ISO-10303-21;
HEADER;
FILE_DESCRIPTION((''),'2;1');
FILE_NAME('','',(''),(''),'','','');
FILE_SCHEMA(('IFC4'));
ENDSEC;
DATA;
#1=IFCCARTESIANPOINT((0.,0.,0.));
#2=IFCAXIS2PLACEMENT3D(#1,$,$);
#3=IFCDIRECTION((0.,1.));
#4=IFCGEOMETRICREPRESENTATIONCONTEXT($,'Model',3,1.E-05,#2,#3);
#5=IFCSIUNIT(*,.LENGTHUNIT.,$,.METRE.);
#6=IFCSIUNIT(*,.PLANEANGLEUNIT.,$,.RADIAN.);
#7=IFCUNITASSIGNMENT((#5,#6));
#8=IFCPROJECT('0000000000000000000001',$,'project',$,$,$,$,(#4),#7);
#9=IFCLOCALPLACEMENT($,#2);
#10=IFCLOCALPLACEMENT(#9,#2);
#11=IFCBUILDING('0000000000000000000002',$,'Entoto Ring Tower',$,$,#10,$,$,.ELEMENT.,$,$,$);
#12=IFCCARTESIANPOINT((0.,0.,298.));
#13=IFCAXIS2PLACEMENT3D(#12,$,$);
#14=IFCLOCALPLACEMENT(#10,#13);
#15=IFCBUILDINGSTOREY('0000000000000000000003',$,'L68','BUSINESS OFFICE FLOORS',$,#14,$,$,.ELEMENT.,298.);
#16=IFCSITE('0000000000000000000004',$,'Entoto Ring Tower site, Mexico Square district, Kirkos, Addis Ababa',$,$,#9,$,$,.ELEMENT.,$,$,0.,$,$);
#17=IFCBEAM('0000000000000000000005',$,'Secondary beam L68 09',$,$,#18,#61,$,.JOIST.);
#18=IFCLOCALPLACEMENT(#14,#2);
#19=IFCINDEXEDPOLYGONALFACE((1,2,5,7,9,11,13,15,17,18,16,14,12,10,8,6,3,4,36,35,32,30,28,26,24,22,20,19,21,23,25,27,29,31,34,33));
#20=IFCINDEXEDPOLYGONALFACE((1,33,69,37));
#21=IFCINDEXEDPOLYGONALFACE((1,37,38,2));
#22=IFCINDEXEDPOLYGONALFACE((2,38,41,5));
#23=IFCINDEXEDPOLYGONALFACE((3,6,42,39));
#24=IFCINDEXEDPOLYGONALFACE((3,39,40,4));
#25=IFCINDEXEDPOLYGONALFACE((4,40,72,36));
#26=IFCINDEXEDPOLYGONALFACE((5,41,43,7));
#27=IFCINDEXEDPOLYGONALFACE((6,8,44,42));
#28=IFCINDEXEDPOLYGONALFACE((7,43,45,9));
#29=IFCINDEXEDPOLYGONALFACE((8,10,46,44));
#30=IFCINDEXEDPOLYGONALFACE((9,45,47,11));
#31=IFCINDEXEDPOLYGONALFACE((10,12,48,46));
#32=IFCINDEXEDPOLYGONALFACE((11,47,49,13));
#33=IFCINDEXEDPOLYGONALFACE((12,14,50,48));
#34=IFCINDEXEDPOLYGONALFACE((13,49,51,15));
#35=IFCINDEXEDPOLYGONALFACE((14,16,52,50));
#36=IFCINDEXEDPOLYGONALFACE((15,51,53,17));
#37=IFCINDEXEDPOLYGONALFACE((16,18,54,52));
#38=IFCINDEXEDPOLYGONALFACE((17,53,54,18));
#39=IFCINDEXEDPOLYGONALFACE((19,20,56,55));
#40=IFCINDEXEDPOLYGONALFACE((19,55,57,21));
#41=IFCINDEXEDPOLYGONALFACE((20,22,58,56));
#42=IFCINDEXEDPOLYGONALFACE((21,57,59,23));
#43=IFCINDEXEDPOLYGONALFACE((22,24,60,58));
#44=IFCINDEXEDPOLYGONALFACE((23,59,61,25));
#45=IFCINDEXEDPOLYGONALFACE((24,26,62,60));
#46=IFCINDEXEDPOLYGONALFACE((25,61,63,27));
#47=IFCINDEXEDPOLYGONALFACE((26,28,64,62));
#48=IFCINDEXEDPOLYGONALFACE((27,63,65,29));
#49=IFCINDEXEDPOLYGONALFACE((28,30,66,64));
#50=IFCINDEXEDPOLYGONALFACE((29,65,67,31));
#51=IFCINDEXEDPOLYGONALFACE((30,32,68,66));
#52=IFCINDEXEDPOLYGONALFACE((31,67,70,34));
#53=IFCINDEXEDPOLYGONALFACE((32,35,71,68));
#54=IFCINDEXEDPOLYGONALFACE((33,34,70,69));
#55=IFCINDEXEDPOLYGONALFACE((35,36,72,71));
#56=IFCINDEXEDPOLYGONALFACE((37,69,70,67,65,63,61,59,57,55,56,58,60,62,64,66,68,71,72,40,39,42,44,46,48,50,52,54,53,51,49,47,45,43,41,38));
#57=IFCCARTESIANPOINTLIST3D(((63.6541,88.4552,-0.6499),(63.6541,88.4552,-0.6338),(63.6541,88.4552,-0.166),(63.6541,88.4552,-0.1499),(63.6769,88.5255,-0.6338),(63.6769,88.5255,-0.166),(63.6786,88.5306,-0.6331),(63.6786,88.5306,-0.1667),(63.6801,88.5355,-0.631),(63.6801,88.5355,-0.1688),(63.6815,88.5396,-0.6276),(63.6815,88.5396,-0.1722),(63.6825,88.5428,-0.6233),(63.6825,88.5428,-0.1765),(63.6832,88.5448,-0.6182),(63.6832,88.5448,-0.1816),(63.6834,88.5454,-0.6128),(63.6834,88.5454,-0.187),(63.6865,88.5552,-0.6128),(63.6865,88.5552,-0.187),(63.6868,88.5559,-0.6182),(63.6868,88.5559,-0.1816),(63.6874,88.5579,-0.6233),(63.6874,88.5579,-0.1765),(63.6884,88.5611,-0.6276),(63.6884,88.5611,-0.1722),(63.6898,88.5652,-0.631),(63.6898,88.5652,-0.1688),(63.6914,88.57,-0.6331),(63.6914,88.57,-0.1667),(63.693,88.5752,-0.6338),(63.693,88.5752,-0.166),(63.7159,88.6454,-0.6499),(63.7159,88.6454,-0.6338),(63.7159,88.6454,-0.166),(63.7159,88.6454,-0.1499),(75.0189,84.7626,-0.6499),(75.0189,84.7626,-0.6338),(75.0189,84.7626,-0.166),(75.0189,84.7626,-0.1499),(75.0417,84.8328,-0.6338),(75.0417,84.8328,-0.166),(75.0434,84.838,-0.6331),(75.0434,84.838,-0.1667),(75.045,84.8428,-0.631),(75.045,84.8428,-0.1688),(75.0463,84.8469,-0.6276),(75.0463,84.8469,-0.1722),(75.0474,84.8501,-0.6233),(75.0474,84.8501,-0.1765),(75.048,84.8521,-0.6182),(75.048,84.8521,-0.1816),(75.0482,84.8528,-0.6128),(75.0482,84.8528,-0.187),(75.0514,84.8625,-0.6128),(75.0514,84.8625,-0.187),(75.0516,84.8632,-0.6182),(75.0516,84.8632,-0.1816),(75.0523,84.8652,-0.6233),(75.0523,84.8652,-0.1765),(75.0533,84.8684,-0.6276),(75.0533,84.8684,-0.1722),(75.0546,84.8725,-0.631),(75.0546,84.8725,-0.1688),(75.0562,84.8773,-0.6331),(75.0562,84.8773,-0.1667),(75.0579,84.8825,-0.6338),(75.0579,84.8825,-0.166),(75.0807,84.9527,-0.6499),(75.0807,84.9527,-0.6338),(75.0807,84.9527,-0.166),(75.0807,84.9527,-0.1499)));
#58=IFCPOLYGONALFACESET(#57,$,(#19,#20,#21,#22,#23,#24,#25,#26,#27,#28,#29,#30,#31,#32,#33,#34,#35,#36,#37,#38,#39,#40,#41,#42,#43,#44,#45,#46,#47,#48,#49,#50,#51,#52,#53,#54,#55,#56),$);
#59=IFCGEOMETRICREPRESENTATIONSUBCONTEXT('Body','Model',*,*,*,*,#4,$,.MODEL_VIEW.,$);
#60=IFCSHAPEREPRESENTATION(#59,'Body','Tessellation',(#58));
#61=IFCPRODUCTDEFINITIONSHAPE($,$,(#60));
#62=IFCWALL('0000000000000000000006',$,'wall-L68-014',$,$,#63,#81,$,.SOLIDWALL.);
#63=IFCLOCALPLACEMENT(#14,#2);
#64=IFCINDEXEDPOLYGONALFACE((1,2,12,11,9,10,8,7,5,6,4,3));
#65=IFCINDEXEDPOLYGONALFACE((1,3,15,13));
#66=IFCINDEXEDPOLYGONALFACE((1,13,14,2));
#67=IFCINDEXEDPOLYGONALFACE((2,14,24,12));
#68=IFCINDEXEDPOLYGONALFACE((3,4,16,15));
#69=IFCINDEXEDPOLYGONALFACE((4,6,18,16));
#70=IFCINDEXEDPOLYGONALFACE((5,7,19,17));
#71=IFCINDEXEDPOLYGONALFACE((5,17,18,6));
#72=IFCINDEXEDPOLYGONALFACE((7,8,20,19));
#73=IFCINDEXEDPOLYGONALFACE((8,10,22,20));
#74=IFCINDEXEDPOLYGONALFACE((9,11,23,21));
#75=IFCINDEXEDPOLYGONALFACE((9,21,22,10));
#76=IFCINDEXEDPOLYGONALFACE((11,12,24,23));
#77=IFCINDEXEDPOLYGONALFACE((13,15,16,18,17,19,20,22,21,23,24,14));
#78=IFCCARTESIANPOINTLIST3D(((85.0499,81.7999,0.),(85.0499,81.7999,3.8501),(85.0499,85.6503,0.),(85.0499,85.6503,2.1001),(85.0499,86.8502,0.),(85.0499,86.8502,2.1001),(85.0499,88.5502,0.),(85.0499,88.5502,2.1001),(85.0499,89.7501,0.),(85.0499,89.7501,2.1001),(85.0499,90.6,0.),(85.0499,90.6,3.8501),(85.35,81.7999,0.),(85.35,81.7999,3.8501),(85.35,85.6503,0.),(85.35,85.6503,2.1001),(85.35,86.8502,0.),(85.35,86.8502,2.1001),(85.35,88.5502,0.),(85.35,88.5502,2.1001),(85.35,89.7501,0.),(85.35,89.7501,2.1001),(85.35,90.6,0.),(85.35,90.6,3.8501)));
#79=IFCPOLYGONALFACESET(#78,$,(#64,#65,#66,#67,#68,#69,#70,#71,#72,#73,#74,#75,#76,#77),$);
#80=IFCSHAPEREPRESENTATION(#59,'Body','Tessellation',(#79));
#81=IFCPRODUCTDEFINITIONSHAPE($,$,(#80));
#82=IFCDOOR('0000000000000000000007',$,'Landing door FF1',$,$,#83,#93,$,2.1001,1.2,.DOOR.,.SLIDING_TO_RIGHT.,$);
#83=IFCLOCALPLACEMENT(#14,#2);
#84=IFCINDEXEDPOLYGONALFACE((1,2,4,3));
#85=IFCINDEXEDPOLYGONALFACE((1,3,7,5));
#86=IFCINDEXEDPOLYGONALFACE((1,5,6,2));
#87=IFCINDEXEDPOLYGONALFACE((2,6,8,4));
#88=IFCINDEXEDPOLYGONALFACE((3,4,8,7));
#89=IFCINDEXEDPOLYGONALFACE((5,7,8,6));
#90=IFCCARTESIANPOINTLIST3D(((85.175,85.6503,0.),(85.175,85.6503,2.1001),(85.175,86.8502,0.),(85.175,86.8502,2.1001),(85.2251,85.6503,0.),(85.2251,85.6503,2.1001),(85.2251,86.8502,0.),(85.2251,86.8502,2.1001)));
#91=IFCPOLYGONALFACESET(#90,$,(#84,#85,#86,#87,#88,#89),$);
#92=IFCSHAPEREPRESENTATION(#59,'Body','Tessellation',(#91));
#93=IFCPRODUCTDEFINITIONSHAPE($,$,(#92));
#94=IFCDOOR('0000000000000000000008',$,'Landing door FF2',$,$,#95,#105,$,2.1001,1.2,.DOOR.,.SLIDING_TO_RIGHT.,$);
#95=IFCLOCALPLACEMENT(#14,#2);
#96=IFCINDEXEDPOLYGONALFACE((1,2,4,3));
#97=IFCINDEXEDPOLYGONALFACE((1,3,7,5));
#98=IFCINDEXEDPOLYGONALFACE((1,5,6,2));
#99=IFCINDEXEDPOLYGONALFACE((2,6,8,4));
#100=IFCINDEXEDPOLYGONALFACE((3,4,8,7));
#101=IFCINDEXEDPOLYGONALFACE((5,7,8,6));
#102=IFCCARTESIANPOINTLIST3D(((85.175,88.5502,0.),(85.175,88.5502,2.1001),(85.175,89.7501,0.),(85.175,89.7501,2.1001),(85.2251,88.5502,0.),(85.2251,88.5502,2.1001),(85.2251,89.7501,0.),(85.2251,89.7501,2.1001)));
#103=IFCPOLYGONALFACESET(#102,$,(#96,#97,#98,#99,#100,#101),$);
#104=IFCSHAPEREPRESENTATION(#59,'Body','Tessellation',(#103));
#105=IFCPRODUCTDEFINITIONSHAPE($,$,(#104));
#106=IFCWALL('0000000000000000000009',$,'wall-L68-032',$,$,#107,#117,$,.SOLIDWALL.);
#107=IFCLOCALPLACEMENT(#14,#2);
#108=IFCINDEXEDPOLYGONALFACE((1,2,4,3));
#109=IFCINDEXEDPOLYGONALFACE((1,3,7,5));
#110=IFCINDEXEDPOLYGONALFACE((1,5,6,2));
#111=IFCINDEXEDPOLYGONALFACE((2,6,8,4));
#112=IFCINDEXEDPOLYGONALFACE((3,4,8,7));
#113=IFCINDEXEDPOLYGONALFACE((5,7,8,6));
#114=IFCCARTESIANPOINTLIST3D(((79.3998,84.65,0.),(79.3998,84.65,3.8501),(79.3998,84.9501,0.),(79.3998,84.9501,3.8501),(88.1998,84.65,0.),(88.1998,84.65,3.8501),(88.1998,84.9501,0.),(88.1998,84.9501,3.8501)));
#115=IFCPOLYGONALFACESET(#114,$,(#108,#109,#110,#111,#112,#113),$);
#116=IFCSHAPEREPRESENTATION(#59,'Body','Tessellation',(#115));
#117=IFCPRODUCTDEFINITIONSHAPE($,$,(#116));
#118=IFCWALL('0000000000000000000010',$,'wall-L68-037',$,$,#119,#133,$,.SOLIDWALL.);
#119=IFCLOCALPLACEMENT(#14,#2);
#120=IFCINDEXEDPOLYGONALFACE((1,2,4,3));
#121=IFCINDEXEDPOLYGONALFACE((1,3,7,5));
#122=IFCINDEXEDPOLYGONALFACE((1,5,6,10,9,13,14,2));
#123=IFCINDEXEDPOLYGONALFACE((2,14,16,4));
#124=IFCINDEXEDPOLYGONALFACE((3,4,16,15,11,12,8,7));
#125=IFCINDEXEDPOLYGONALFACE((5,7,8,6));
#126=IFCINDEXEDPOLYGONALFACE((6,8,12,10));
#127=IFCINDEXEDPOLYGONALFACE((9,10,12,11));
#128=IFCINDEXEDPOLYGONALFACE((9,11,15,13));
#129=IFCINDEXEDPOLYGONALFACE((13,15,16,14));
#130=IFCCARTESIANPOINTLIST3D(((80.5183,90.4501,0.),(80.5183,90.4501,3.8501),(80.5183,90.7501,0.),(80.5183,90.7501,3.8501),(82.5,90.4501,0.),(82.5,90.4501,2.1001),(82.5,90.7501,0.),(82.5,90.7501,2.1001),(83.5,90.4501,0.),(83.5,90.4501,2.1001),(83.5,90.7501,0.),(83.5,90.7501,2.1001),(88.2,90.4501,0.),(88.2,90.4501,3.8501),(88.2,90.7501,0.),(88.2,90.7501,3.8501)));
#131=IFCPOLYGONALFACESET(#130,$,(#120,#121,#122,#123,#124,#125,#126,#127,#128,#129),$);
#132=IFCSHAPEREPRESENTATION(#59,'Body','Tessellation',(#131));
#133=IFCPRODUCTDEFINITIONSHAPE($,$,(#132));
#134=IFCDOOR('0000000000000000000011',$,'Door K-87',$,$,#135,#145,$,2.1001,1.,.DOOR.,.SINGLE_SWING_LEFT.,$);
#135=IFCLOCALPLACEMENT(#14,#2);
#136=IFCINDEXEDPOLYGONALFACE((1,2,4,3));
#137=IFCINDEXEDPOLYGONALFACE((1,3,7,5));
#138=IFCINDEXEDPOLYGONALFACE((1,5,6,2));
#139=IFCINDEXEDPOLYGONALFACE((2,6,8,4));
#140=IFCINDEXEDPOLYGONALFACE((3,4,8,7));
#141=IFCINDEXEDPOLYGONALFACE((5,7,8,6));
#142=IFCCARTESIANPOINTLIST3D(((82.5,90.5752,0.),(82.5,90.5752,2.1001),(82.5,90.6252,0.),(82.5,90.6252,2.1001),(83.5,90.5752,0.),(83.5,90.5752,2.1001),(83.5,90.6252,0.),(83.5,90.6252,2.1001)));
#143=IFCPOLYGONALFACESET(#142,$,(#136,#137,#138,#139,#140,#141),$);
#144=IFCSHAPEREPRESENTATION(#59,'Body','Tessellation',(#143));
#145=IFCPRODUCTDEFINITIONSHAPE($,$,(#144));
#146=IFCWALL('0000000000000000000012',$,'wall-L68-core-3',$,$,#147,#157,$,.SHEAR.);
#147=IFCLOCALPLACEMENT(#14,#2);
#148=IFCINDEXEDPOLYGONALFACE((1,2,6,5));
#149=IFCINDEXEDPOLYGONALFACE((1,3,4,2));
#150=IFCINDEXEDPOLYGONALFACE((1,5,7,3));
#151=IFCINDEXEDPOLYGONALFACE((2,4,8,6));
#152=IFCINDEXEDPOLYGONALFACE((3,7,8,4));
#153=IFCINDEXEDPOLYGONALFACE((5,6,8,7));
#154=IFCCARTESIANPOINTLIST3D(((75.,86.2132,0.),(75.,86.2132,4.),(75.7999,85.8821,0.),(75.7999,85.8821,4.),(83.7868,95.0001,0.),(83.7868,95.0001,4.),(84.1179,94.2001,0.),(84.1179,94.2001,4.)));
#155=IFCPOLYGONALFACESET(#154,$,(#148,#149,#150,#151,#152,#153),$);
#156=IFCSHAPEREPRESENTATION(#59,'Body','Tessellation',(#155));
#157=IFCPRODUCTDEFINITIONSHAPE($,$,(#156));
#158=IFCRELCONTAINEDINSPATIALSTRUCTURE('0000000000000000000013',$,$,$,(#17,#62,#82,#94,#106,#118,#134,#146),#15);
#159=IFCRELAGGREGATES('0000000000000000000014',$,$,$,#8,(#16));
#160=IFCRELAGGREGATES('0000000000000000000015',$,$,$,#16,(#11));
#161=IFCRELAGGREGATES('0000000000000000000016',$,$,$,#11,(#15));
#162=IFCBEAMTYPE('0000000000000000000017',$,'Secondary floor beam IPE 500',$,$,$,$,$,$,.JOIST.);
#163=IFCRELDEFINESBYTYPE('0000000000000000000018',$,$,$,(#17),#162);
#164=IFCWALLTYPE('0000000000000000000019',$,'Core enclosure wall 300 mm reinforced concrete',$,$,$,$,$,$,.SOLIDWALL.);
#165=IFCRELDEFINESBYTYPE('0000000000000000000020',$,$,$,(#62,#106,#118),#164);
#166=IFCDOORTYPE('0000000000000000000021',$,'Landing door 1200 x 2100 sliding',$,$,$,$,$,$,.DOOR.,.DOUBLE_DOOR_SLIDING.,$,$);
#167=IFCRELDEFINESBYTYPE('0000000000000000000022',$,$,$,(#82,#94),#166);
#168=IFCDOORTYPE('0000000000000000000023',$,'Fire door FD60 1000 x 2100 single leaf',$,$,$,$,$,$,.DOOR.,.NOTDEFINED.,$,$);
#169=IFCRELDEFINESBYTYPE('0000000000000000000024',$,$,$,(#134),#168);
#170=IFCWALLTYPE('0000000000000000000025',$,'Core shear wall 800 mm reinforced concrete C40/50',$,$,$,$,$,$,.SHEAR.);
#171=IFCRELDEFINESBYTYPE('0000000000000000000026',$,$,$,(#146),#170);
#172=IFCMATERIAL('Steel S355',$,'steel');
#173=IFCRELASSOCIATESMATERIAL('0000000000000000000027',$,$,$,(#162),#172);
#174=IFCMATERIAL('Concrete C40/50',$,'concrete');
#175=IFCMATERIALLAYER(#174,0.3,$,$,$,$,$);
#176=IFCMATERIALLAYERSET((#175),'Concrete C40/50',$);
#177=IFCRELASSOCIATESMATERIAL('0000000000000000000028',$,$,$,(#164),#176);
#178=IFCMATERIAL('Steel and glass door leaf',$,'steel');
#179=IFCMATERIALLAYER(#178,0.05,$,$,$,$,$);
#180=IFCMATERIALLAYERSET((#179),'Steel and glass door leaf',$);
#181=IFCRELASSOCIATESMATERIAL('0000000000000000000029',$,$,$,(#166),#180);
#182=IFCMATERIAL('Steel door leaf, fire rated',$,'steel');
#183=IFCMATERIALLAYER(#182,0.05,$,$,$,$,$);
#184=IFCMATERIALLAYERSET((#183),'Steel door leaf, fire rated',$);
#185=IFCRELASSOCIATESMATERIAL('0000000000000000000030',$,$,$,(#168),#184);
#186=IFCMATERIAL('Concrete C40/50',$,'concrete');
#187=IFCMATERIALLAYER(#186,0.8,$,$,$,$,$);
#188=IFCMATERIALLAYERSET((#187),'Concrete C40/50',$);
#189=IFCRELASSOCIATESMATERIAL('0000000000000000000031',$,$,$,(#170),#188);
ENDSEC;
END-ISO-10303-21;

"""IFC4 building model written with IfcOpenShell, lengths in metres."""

from ifc_helpers import new_model, si_unit, direction, frame, frame_2d, origin, origin_2d, place, context, subcontext, project, spatial, polyline, rectangle, i_section, outline, extrude, material, layer, layer_set, material_profile, profile_set, type_object, element, fill, save


model = new_model("IFC4")

# Units and contexts
model_context = context("Model", 3, precision=1e-05, world=origin(), true_north=direction((0.0, 1.0)))
body_context = subcontext(model_context, "Body", "Model", "MODEL_VIEW")
ifc_project = project(units=[si_unit("LENGTHUNIT", "METRE"), si_unit("PLANEANGLEUNIT", "RADIAN")], contexts=[model_context])

# Site, building, storey
site_placement = place(None, origin())
site = spatial("IfcSite", under=ifc_project, at=site_placement, Name="Entoto Ring Tower site, Mexico Square district, Kirkos, Addis Ababa", CompositionType="ELEMENT", RefElevation=0.0)
building_placement = place(site_placement, origin())
building = spatial("IfcBuilding", under=site, at=building_placement, Name="Entoto Ring Tower", CompositionType="ELEMENT")
storey_placement = place(building_placement, frame((0.0, 0.0, 298.0)))
storey = spatial("IfcBuildingStorey", under=building, at=storey_placement, Name="L68", Description="BUSINESS OFFICE FLOORS", CompositionType="ELEMENT", Elevation=298.0)

# Beam
ifc_material_1 = material(Name="Steel S355", Category="steel")
ifc_material_profile_1 = material_profile(ifc_material_1, i_section(OverallWidth=0.2, OverallDepth=0.5, WebThickness=0.0103, FlangeThickness=0.0161, FilletRadius=0.021, at=origin_2d()), Name="IPE 500")
ifc_profile_set_1 = profile_set([ifc_material_profile_1], Name="Steel S355")
beam_type_1 = type_object("IfcBeamType", Name="Secondary floor beam IPE 500", PredefinedType="JOIST", material=ifc_profile_set_1)
beam_1_placement = place(storey_placement, frame((75.0498, 84.8577, -0.3999), z_axis=(-0.951057, 0.309017, 0.0), x_axis=(-0.309017, -0.951057, 0.0)))
element("IfcBeam", 1, at=beam_1_placement, inside=storey, type_object=beam_type_1, Name="Secondary beam L68 09", PredefinedType="JOIST", context=body_context, shape_type="SweptSolid", body=[
    extrude(i_section(OverallWidth=0.2, OverallDepth=0.5, WebThickness=0.0103, FlangeThickness=0.0161, FilletRadius=0.021, at=origin_2d()), origin(), (0.0, 0.0, 1.0), 11.9497),
])

# Wall, openings, doors
ifc_material_2 = material(Name="Concrete C40/50", Category="concrete")
ifc_layer_1 = layer(ifc_material_2, 0.3)
ifc_layer_set_1 = layer_set([ifc_layer_1], Name="Concrete C40/50")
wall_type_1 = type_object("IfcWallType", Name="Core enclosure wall 300 mm reinforced concrete", PredefinedType="SOLIDWALL", material=ifc_layer_set_1)
wall_1_placement = place(storey_placement, frame((85.2, 81.8, 0.0), z_axis=(0.0, 0.0, 1.0), x_axis=(0.0, 1.0, 0.0)))
wall_1 = element("IfcWall", 2, at=wall_1_placement, inside=storey, type_object=wall_type_1, Name="wall-L68-014", PredefinedType="SOLIDWALL", context=body_context, shape_type="SweptSolid", body=[
    extrude(rectangle(XDim=8.8, YDim=0.3, at=frame_2d((4.3999, 0.0))), origin(), (0.0, 0.0, 1.0), 3.8501),
])
opening_1_placement = place(wall_1_placement, frame((3.8501, 0.0, 0.0)))
opening_1 = element("IfcOpeningElement", 3, at=opening_1_placement, cuts=wall_1, PredefinedType="OPENING", context=body_context, shape_type="SweptSolid", body=[
    extrude(rectangle(XDim=1.2, YDim=2.1001, at=frame_2d((0.6001, 1.05))), frame((0.0, 0.1602, 0.0), z_axis=(0.0, -1.0, 0.0), x_axis=(1.0, 0.0, 0.0)), (0.0, 0.0, 1.0), 0.3201),
])
opening_2_placement = place(wall_1_placement, frame((6.75, 0.0, 0.0)))
opening_2 = element("IfcOpeningElement", 4, at=opening_2_placement, cuts=wall_1, PredefinedType="OPENING", context=body_context, shape_type="SweptSolid", body=[
    extrude(rectangle(XDim=1.2, YDim=2.1001, at=frame_2d((0.6001, 1.05))), frame((0.0, 0.1602, 0.0), z_axis=(0.0, -1.0, 0.0), x_axis=(1.0, 0.0, 0.0)), (0.0, 0.0, 1.0), 0.3201),
])
ifc_material_3 = material(Name="Steel and glass door leaf", Category="steel")
ifc_layer_2 = layer(ifc_material_3, 0.05)
ifc_layer_set_2 = layer_set([ifc_layer_2], Name="Steel and glass door leaf")
door_type_1 = type_object("IfcDoorType", Name="Landing door 1200 x 2100 sliding", OperationType="DOUBLE_DOOR_SLIDING", PredefinedType="DOOR", material=ifc_layer_set_2)
door_1_placement = place(opening_1_placement, origin())
door_1 = element("IfcDoor", 5, at=door_1_placement, inside=storey, type_object=door_type_1, Name="Landing door FF1", OperationType="SLIDING_TO_RIGHT", OverallHeight=2.1001, OverallWidth=1.2, PredefinedType="DOOR", context=body_context, shape_type="SweptSolid", body=[
    extrude(rectangle(XDim=1.2, YDim=2.1001, at=frame_2d((0.6001, 1.05))), frame((0.0, 0.0249, 0.0), z_axis=(0.0, -1.0, 0.0), x_axis=(1.0, 0.0, 0.0)), (0.0, 0.0, 1.0), 0.05),
])
fill(opening_1, door_1)
door_2_placement = place(opening_2_placement, origin())
door_2 = element("IfcDoor", 6, at=door_2_placement, inside=storey, type_object=door_type_1, Name="Landing door FF2", OperationType="SLIDING_TO_RIGHT", OverallHeight=2.1001, OverallWidth=1.2, PredefinedType="DOOR", context=body_context, shape_type="SweptSolid", body=[
    extrude(rectangle(XDim=1.2, YDim=2.1001, at=frame_2d((0.6001, 1.05))), frame((0.0, 0.0249, 0.0), z_axis=(0.0, -1.0, 0.0), x_axis=(1.0, 0.0, 0.0)), (0.0, 0.0, 1.0), 0.05),
])
fill(opening_2, door_2)

# Wall
wall_2_placement = place(storey_placement, frame((79.3999, 84.8, 0.0), z_axis=(0.0, 0.0, 1.0), x_axis=(1.0, 0.0, 0.0)))
element("IfcWall", 7, at=wall_2_placement, inside=storey, type_object=wall_type_1, Name="wall-L68-032", PredefinedType="SOLIDWALL", context=body_context, shape_type="SweptSolid", body=[
    extrude(rectangle(XDim=8.8, YDim=0.3, at=frame_2d((4.3999, 0.0))), origin(), (0.0, 0.0, 1.0), 3.8501),
])

# Wall, opening, door
wall_3_placement = place(storey_placement, frame((80.5183, 90.6001, 0.0), z_axis=(0.0, 0.0, 1.0), x_axis=(1.0, 0.0, 0.0)))
wall_3 = element("IfcWall", 8, at=wall_3_placement, inside=storey, type_object=wall_type_1, Name="wall-L68-037", PredefinedType="SOLIDWALL", context=body_context, shape_type="SweptSolid", body=[
    extrude(rectangle(XDim=7.6816, YDim=0.3, at=frame_2d((3.8408, 0.0))), origin(), (0.0, 0.0, 1.0), 3.8501),
])
opening_3_placement = place(wall_3_placement, frame((1.9817, 0.0, 0.0)))
opening_3 = element("IfcOpeningElement", 9, at=opening_3_placement, cuts=wall_3, PredefinedType="OPENING", context=body_context, shape_type="SweptSolid", body=[
    extrude(rectangle(XDim=1.0, YDim=2.1001, at=frame_2d((0.5, 1.05))), frame((0.0, 0.1602, 0.0), z_axis=(0.0, -1.0, 0.0), x_axis=(1.0, 0.0, 0.0)), (0.0, 0.0, 1.0), 0.3201),
])
ifc_material_4 = material(Name="Steel door leaf, fire rated", Category="steel")
ifc_layer_3 = layer(ifc_material_4, 0.05)
ifc_layer_set_3 = layer_set([ifc_layer_3], Name="Steel door leaf, fire rated")
door_type_2 = type_object("IfcDoorType", Name="Fire door FD60 1000 x 2100 single leaf", OperationType="NOTDEFINED", PredefinedType="DOOR", material=ifc_layer_set_3)
door_3_placement = place(opening_3_placement, frame((1.0, 0.0, 0.0), z_axis=(0.0, 0.0, 1.0), x_axis=(-1.0, 0.0, 0.0)))
door_3 = element("IfcDoor", 10, at=door_3_placement, inside=storey, type_object=door_type_2, Name="Door K-87", OperationType="SINGLE_SWING_LEFT", OverallHeight=2.1001, OverallWidth=1.0, PredefinedType="DOOR", context=body_context, shape_type="SweptSolid", body=[
    extrude(rectangle(XDim=1.0, YDim=2.1001, at=frame_2d((0.5, 1.05))), frame((0.0, 0.0249, 0.0), z_axis=(0.0, -1.0, 0.0), x_axis=(1.0, 0.0, 0.0)), (0.0, 0.0, 1.0), 0.05),
])
fill(opening_3, door_3)

# Wall
ifc_material_5 = material(Name="Concrete C40/50", Category="concrete")
ifc_layer_4 = layer(ifc_material_5, 0.8)
ifc_layer_set_4 = layer_set([ifc_layer_4], Name="Concrete C40/50")
wall_type_2 = type_object("IfcWallType", Name="Core shear wall 800 mm reinforced concrete C40/50", PredefinedType="SHEAR", material=ifc_layer_set_4)
wall_4_placement = place(storey_placement, frame((83.9524, 94.6001, 0.0), z_axis=(0.0, 0.0, 1.0), x_axis=(-0.707107, -0.707107, 0.0)))
element("IfcWall", 11, at=wall_4_placement, inside=storey, type_object=wall_type_2, Name="wall-L68-core-3", PredefinedType="SHEAR", context=body_context, shape_type="SweptSolid", body=[
    extrude(outline(polyline([(-0.1658, -0.3999), (12.2607, -0.3999), (11.9292, 0.3999), (0.1658, 0.3999), (-0.1658, -0.3999)])), origin(), (0.0, 0.0, 1.0), 4.0),
])

save(model, "model.ifc")
